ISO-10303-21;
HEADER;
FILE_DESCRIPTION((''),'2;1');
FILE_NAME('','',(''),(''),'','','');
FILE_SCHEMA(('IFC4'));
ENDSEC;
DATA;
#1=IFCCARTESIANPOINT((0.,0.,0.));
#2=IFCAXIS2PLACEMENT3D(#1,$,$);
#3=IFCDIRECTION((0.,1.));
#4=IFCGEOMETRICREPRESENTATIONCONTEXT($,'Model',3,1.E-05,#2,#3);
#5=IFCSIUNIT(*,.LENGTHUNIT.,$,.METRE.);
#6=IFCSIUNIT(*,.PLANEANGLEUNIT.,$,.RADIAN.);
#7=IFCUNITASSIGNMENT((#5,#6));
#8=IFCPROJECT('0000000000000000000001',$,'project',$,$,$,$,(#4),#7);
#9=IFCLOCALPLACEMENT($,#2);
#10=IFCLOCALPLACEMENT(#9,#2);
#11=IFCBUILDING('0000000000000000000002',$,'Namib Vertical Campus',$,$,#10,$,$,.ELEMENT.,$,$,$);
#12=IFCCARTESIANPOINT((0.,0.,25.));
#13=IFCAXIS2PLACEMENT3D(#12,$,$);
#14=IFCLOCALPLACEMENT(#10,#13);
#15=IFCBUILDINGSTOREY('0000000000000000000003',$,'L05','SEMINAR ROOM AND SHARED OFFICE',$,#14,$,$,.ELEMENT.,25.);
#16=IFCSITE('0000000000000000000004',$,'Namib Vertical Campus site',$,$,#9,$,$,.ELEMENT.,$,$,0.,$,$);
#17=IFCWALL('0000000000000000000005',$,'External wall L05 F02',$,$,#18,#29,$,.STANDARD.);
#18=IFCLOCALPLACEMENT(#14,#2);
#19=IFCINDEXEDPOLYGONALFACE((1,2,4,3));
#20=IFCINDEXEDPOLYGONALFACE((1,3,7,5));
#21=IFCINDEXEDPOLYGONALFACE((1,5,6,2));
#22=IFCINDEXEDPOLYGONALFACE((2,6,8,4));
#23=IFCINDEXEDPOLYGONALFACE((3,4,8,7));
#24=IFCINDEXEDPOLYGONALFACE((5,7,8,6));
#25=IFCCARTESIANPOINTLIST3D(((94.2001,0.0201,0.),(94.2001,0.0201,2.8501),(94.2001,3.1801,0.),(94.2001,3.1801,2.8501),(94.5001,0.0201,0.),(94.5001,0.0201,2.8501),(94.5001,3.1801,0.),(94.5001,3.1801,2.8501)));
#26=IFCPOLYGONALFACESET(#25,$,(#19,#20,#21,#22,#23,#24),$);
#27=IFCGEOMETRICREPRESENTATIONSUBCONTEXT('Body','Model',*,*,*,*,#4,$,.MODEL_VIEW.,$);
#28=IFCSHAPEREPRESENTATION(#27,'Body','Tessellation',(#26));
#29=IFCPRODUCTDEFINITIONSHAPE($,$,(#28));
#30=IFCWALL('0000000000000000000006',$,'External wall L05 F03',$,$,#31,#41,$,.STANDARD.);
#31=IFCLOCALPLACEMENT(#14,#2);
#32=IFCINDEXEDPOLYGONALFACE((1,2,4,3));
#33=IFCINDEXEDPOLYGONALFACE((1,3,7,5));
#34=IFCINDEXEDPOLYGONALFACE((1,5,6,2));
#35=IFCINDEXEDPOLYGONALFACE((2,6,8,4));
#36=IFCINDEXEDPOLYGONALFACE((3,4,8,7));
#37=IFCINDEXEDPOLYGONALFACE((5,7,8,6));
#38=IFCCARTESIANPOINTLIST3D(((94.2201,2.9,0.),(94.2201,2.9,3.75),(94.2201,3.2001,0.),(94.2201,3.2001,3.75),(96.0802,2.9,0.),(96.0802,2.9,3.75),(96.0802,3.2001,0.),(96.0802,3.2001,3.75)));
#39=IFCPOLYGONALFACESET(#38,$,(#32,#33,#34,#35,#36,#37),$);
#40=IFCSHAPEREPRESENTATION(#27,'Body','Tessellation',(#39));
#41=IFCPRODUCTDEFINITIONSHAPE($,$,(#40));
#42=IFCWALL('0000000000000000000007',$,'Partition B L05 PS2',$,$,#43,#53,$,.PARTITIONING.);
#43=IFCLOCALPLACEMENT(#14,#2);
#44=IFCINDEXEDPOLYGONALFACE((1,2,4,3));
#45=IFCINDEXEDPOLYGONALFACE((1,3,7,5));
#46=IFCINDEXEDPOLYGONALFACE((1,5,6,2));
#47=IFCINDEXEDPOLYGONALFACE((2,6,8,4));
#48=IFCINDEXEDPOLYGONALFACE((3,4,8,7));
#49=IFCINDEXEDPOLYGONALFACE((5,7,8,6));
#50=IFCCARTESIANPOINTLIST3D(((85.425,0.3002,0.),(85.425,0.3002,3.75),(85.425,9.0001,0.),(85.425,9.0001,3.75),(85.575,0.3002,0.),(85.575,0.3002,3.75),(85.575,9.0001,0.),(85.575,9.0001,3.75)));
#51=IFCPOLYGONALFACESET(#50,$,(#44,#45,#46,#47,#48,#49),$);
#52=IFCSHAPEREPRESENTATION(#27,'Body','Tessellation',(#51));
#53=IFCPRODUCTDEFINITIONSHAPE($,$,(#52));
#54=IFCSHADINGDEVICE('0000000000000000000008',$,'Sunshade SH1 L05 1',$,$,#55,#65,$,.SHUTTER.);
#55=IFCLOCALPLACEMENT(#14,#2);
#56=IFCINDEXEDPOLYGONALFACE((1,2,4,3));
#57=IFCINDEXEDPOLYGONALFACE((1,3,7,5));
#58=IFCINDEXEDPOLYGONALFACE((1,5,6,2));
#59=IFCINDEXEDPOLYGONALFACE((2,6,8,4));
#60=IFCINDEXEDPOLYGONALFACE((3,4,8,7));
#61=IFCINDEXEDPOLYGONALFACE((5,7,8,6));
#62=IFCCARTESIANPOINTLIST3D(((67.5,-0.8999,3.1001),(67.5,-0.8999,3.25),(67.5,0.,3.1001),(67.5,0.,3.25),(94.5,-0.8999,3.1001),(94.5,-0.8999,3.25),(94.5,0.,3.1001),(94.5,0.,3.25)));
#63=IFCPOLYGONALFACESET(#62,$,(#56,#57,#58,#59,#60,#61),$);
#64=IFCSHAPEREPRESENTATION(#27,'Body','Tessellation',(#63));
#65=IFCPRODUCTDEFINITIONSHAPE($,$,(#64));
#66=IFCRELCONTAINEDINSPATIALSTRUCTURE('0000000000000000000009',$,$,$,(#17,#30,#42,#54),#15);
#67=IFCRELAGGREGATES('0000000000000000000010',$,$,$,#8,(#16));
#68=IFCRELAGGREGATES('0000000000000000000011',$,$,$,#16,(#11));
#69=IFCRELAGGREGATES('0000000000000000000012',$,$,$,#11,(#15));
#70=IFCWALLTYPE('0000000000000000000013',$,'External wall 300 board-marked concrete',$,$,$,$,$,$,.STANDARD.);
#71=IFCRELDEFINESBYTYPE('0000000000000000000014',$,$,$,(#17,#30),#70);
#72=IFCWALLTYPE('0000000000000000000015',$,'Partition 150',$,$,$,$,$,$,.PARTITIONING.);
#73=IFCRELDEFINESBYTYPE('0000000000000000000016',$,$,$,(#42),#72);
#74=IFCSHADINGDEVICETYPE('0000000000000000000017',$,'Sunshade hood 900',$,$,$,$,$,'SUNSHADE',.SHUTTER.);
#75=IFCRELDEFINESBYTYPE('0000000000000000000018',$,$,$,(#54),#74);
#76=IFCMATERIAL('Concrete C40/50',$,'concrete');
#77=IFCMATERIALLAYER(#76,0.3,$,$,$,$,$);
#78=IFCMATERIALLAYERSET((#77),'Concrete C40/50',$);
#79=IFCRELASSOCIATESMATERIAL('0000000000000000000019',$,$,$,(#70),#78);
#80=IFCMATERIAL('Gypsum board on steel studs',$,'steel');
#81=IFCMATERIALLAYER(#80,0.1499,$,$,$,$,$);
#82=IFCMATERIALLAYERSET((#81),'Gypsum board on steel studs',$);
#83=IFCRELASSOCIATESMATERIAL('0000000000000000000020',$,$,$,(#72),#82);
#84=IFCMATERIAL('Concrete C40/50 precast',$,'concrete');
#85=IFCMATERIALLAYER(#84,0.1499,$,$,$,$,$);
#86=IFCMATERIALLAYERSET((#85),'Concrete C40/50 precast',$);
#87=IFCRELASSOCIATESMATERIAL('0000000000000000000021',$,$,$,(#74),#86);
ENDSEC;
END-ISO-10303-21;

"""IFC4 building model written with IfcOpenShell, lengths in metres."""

from ifc_helpers import new_model, si_unit, direction, frame, frame_2d, origin, origin_2d, place, context, subcontext, project, spatial, rectangle, extrude, material, layer, layer_set, type_object, element, save


model = new_model("IFC4")

# Units and contexts
model_context = context("Model", 3, precision=1e-05, world=origin(), true_north=direction((0.0, 1.0)))
body_context = subcontext(model_context, "Body", "Model", "MODEL_VIEW")
ifc_project = project(units=[si_unit("LENGTHUNIT", "METRE"), si_unit("PLANEANGLEUNIT", "RADIAN")], contexts=[model_context])

# Site, building, storey
site_placement = place(None, origin())
site = spatial("IfcSite", under=ifc_project, at=site_placement, Name="Namib Vertical Campus site", CompositionType="ELEMENT", RefElevation=0.0)
building_placement = place(site_placement, origin())
building = spatial("IfcBuilding", under=site, at=building_placement, Name="Namib Vertical Campus", CompositionType="ELEMENT")
storey_placement = place(building_placement, frame((0.0, 0.0, 25.0)))
storey = spatial("IfcBuildingStorey", under=building, at=storey_placement, Name="L05", Description="SEMINAR ROOM AND SHARED OFFICE", CompositionType="ELEMENT", Elevation=25.0)

# Walls
ifc_material_1 = material(Name="Concrete C40/50", Category="concrete")
ifc_layer_1 = layer(ifc_material_1, 0.3)
ifc_layer_set_1 = layer_set([ifc_layer_1], Name="Concrete C40/50")
wall_type_1 = type_object("IfcWallType", Name="External wall 300 board-marked concrete", PredefinedType="STANDARD", material=ifc_layer_set_1)
wall_1_placement = place(storey_placement, frame((94.3501, 0.02, 0.0), z_axis=(0.0, 0.0, 1.0), x_axis=(0.0, 1.0, 0.0)))
element("IfcWall", 1, at=wall_1_placement, inside=storey, type_object=wall_type_1, Name="External wall L05 F02", PredefinedType="STANDARD", context=body_context, shape_type="SweptSolid", body=[
    extrude(rectangle(XDim=3.1599, YDim=0.3, at=frame_2d((1.5801, 0.0))), origin(), (0.0, 0.0, 1.0), 2.8501),
])
wall_2_placement = place(storey_placement, frame((94.22, 3.05, 0.0), z_axis=(0.0, 0.0, 1.0), x_axis=(1.0, 0.0, 0.0)))
element("IfcWall", 2, at=wall_2_placement, inside=storey, type_object=wall_type_1, Name="External wall L05 F03", PredefinedType="STANDARD", context=body_context, shape_type="SweptSolid", body=[
    extrude(rectangle(XDim=1.8601, YDim=0.3, at=frame_2d((0.9302, 0.0))), origin(), (0.0, 0.0, 1.0), 3.75),
])
ifc_material_2 = material(Name="Gypsum board on steel studs", Category="steel")
ifc_layer_2 = layer(ifc_material_2, 0.1499)
ifc_layer_set_2 = layer_set([ifc_layer_2], Name="Gypsum board on steel studs")
wall_type_2 = type_object("IfcWallType", Name="Partition 150", PredefinedType="PARTITIONING", material=ifc_layer_set_2)
wall_3_placement = place(storey_placement, frame((85.5, 0.3, 0.0), z_axis=(0.0, 0.0, 1.0), x_axis=(0.0, 1.0, 0.0)))
element("IfcWall", 3, at=wall_3_placement, inside=storey, type_object=wall_type_2, Name="Partition B L05 PS2", PredefinedType="PARTITIONING", context=body_context, shape_type="SweptSolid", body=[
    extrude(rectangle(XDim=8.7, YDim=0.1499, at=frame_2d((4.3501, 0.0))), origin(), (0.0, 0.0, 1.0), 3.75),
])

# Shading device
ifc_material_3 = material(Name="Concrete C40/50 precast", Category="concrete")
ifc_layer_3 = layer(ifc_material_3, 0.1499)
ifc_layer_set_3 = layer_set([ifc_layer_3], Name="Concrete C40/50 precast")
shading_device_type = type_object("IfcShadingDeviceType", Name="Sunshade hood 900", ElementType="SUNSHADE", PredefinedType="SHUTTER", material=ifc_layer_set_3)
shading_device_placement = place(storey_placement, frame((81.0, -0.45, 3.1001), z_axis=(0.0, 0.0, 1.0), x_axis=(1.0, 0.0, 0.0)))
element("IfcShadingDevice", 4, at=shading_device_placement, inside=storey, type_object=shading_device_type, Name="Sunshade SH1 L05 1", PredefinedType="SHUTTER", context=body_context, shape_type="SweptSolid", body=[
    extrude(rectangle(XDim=27.0, YDim=0.8999, at=origin_2d()), origin(), (0.0, 0.0, 1.0), 0.1499),
])

save(model, "model.ifc")
